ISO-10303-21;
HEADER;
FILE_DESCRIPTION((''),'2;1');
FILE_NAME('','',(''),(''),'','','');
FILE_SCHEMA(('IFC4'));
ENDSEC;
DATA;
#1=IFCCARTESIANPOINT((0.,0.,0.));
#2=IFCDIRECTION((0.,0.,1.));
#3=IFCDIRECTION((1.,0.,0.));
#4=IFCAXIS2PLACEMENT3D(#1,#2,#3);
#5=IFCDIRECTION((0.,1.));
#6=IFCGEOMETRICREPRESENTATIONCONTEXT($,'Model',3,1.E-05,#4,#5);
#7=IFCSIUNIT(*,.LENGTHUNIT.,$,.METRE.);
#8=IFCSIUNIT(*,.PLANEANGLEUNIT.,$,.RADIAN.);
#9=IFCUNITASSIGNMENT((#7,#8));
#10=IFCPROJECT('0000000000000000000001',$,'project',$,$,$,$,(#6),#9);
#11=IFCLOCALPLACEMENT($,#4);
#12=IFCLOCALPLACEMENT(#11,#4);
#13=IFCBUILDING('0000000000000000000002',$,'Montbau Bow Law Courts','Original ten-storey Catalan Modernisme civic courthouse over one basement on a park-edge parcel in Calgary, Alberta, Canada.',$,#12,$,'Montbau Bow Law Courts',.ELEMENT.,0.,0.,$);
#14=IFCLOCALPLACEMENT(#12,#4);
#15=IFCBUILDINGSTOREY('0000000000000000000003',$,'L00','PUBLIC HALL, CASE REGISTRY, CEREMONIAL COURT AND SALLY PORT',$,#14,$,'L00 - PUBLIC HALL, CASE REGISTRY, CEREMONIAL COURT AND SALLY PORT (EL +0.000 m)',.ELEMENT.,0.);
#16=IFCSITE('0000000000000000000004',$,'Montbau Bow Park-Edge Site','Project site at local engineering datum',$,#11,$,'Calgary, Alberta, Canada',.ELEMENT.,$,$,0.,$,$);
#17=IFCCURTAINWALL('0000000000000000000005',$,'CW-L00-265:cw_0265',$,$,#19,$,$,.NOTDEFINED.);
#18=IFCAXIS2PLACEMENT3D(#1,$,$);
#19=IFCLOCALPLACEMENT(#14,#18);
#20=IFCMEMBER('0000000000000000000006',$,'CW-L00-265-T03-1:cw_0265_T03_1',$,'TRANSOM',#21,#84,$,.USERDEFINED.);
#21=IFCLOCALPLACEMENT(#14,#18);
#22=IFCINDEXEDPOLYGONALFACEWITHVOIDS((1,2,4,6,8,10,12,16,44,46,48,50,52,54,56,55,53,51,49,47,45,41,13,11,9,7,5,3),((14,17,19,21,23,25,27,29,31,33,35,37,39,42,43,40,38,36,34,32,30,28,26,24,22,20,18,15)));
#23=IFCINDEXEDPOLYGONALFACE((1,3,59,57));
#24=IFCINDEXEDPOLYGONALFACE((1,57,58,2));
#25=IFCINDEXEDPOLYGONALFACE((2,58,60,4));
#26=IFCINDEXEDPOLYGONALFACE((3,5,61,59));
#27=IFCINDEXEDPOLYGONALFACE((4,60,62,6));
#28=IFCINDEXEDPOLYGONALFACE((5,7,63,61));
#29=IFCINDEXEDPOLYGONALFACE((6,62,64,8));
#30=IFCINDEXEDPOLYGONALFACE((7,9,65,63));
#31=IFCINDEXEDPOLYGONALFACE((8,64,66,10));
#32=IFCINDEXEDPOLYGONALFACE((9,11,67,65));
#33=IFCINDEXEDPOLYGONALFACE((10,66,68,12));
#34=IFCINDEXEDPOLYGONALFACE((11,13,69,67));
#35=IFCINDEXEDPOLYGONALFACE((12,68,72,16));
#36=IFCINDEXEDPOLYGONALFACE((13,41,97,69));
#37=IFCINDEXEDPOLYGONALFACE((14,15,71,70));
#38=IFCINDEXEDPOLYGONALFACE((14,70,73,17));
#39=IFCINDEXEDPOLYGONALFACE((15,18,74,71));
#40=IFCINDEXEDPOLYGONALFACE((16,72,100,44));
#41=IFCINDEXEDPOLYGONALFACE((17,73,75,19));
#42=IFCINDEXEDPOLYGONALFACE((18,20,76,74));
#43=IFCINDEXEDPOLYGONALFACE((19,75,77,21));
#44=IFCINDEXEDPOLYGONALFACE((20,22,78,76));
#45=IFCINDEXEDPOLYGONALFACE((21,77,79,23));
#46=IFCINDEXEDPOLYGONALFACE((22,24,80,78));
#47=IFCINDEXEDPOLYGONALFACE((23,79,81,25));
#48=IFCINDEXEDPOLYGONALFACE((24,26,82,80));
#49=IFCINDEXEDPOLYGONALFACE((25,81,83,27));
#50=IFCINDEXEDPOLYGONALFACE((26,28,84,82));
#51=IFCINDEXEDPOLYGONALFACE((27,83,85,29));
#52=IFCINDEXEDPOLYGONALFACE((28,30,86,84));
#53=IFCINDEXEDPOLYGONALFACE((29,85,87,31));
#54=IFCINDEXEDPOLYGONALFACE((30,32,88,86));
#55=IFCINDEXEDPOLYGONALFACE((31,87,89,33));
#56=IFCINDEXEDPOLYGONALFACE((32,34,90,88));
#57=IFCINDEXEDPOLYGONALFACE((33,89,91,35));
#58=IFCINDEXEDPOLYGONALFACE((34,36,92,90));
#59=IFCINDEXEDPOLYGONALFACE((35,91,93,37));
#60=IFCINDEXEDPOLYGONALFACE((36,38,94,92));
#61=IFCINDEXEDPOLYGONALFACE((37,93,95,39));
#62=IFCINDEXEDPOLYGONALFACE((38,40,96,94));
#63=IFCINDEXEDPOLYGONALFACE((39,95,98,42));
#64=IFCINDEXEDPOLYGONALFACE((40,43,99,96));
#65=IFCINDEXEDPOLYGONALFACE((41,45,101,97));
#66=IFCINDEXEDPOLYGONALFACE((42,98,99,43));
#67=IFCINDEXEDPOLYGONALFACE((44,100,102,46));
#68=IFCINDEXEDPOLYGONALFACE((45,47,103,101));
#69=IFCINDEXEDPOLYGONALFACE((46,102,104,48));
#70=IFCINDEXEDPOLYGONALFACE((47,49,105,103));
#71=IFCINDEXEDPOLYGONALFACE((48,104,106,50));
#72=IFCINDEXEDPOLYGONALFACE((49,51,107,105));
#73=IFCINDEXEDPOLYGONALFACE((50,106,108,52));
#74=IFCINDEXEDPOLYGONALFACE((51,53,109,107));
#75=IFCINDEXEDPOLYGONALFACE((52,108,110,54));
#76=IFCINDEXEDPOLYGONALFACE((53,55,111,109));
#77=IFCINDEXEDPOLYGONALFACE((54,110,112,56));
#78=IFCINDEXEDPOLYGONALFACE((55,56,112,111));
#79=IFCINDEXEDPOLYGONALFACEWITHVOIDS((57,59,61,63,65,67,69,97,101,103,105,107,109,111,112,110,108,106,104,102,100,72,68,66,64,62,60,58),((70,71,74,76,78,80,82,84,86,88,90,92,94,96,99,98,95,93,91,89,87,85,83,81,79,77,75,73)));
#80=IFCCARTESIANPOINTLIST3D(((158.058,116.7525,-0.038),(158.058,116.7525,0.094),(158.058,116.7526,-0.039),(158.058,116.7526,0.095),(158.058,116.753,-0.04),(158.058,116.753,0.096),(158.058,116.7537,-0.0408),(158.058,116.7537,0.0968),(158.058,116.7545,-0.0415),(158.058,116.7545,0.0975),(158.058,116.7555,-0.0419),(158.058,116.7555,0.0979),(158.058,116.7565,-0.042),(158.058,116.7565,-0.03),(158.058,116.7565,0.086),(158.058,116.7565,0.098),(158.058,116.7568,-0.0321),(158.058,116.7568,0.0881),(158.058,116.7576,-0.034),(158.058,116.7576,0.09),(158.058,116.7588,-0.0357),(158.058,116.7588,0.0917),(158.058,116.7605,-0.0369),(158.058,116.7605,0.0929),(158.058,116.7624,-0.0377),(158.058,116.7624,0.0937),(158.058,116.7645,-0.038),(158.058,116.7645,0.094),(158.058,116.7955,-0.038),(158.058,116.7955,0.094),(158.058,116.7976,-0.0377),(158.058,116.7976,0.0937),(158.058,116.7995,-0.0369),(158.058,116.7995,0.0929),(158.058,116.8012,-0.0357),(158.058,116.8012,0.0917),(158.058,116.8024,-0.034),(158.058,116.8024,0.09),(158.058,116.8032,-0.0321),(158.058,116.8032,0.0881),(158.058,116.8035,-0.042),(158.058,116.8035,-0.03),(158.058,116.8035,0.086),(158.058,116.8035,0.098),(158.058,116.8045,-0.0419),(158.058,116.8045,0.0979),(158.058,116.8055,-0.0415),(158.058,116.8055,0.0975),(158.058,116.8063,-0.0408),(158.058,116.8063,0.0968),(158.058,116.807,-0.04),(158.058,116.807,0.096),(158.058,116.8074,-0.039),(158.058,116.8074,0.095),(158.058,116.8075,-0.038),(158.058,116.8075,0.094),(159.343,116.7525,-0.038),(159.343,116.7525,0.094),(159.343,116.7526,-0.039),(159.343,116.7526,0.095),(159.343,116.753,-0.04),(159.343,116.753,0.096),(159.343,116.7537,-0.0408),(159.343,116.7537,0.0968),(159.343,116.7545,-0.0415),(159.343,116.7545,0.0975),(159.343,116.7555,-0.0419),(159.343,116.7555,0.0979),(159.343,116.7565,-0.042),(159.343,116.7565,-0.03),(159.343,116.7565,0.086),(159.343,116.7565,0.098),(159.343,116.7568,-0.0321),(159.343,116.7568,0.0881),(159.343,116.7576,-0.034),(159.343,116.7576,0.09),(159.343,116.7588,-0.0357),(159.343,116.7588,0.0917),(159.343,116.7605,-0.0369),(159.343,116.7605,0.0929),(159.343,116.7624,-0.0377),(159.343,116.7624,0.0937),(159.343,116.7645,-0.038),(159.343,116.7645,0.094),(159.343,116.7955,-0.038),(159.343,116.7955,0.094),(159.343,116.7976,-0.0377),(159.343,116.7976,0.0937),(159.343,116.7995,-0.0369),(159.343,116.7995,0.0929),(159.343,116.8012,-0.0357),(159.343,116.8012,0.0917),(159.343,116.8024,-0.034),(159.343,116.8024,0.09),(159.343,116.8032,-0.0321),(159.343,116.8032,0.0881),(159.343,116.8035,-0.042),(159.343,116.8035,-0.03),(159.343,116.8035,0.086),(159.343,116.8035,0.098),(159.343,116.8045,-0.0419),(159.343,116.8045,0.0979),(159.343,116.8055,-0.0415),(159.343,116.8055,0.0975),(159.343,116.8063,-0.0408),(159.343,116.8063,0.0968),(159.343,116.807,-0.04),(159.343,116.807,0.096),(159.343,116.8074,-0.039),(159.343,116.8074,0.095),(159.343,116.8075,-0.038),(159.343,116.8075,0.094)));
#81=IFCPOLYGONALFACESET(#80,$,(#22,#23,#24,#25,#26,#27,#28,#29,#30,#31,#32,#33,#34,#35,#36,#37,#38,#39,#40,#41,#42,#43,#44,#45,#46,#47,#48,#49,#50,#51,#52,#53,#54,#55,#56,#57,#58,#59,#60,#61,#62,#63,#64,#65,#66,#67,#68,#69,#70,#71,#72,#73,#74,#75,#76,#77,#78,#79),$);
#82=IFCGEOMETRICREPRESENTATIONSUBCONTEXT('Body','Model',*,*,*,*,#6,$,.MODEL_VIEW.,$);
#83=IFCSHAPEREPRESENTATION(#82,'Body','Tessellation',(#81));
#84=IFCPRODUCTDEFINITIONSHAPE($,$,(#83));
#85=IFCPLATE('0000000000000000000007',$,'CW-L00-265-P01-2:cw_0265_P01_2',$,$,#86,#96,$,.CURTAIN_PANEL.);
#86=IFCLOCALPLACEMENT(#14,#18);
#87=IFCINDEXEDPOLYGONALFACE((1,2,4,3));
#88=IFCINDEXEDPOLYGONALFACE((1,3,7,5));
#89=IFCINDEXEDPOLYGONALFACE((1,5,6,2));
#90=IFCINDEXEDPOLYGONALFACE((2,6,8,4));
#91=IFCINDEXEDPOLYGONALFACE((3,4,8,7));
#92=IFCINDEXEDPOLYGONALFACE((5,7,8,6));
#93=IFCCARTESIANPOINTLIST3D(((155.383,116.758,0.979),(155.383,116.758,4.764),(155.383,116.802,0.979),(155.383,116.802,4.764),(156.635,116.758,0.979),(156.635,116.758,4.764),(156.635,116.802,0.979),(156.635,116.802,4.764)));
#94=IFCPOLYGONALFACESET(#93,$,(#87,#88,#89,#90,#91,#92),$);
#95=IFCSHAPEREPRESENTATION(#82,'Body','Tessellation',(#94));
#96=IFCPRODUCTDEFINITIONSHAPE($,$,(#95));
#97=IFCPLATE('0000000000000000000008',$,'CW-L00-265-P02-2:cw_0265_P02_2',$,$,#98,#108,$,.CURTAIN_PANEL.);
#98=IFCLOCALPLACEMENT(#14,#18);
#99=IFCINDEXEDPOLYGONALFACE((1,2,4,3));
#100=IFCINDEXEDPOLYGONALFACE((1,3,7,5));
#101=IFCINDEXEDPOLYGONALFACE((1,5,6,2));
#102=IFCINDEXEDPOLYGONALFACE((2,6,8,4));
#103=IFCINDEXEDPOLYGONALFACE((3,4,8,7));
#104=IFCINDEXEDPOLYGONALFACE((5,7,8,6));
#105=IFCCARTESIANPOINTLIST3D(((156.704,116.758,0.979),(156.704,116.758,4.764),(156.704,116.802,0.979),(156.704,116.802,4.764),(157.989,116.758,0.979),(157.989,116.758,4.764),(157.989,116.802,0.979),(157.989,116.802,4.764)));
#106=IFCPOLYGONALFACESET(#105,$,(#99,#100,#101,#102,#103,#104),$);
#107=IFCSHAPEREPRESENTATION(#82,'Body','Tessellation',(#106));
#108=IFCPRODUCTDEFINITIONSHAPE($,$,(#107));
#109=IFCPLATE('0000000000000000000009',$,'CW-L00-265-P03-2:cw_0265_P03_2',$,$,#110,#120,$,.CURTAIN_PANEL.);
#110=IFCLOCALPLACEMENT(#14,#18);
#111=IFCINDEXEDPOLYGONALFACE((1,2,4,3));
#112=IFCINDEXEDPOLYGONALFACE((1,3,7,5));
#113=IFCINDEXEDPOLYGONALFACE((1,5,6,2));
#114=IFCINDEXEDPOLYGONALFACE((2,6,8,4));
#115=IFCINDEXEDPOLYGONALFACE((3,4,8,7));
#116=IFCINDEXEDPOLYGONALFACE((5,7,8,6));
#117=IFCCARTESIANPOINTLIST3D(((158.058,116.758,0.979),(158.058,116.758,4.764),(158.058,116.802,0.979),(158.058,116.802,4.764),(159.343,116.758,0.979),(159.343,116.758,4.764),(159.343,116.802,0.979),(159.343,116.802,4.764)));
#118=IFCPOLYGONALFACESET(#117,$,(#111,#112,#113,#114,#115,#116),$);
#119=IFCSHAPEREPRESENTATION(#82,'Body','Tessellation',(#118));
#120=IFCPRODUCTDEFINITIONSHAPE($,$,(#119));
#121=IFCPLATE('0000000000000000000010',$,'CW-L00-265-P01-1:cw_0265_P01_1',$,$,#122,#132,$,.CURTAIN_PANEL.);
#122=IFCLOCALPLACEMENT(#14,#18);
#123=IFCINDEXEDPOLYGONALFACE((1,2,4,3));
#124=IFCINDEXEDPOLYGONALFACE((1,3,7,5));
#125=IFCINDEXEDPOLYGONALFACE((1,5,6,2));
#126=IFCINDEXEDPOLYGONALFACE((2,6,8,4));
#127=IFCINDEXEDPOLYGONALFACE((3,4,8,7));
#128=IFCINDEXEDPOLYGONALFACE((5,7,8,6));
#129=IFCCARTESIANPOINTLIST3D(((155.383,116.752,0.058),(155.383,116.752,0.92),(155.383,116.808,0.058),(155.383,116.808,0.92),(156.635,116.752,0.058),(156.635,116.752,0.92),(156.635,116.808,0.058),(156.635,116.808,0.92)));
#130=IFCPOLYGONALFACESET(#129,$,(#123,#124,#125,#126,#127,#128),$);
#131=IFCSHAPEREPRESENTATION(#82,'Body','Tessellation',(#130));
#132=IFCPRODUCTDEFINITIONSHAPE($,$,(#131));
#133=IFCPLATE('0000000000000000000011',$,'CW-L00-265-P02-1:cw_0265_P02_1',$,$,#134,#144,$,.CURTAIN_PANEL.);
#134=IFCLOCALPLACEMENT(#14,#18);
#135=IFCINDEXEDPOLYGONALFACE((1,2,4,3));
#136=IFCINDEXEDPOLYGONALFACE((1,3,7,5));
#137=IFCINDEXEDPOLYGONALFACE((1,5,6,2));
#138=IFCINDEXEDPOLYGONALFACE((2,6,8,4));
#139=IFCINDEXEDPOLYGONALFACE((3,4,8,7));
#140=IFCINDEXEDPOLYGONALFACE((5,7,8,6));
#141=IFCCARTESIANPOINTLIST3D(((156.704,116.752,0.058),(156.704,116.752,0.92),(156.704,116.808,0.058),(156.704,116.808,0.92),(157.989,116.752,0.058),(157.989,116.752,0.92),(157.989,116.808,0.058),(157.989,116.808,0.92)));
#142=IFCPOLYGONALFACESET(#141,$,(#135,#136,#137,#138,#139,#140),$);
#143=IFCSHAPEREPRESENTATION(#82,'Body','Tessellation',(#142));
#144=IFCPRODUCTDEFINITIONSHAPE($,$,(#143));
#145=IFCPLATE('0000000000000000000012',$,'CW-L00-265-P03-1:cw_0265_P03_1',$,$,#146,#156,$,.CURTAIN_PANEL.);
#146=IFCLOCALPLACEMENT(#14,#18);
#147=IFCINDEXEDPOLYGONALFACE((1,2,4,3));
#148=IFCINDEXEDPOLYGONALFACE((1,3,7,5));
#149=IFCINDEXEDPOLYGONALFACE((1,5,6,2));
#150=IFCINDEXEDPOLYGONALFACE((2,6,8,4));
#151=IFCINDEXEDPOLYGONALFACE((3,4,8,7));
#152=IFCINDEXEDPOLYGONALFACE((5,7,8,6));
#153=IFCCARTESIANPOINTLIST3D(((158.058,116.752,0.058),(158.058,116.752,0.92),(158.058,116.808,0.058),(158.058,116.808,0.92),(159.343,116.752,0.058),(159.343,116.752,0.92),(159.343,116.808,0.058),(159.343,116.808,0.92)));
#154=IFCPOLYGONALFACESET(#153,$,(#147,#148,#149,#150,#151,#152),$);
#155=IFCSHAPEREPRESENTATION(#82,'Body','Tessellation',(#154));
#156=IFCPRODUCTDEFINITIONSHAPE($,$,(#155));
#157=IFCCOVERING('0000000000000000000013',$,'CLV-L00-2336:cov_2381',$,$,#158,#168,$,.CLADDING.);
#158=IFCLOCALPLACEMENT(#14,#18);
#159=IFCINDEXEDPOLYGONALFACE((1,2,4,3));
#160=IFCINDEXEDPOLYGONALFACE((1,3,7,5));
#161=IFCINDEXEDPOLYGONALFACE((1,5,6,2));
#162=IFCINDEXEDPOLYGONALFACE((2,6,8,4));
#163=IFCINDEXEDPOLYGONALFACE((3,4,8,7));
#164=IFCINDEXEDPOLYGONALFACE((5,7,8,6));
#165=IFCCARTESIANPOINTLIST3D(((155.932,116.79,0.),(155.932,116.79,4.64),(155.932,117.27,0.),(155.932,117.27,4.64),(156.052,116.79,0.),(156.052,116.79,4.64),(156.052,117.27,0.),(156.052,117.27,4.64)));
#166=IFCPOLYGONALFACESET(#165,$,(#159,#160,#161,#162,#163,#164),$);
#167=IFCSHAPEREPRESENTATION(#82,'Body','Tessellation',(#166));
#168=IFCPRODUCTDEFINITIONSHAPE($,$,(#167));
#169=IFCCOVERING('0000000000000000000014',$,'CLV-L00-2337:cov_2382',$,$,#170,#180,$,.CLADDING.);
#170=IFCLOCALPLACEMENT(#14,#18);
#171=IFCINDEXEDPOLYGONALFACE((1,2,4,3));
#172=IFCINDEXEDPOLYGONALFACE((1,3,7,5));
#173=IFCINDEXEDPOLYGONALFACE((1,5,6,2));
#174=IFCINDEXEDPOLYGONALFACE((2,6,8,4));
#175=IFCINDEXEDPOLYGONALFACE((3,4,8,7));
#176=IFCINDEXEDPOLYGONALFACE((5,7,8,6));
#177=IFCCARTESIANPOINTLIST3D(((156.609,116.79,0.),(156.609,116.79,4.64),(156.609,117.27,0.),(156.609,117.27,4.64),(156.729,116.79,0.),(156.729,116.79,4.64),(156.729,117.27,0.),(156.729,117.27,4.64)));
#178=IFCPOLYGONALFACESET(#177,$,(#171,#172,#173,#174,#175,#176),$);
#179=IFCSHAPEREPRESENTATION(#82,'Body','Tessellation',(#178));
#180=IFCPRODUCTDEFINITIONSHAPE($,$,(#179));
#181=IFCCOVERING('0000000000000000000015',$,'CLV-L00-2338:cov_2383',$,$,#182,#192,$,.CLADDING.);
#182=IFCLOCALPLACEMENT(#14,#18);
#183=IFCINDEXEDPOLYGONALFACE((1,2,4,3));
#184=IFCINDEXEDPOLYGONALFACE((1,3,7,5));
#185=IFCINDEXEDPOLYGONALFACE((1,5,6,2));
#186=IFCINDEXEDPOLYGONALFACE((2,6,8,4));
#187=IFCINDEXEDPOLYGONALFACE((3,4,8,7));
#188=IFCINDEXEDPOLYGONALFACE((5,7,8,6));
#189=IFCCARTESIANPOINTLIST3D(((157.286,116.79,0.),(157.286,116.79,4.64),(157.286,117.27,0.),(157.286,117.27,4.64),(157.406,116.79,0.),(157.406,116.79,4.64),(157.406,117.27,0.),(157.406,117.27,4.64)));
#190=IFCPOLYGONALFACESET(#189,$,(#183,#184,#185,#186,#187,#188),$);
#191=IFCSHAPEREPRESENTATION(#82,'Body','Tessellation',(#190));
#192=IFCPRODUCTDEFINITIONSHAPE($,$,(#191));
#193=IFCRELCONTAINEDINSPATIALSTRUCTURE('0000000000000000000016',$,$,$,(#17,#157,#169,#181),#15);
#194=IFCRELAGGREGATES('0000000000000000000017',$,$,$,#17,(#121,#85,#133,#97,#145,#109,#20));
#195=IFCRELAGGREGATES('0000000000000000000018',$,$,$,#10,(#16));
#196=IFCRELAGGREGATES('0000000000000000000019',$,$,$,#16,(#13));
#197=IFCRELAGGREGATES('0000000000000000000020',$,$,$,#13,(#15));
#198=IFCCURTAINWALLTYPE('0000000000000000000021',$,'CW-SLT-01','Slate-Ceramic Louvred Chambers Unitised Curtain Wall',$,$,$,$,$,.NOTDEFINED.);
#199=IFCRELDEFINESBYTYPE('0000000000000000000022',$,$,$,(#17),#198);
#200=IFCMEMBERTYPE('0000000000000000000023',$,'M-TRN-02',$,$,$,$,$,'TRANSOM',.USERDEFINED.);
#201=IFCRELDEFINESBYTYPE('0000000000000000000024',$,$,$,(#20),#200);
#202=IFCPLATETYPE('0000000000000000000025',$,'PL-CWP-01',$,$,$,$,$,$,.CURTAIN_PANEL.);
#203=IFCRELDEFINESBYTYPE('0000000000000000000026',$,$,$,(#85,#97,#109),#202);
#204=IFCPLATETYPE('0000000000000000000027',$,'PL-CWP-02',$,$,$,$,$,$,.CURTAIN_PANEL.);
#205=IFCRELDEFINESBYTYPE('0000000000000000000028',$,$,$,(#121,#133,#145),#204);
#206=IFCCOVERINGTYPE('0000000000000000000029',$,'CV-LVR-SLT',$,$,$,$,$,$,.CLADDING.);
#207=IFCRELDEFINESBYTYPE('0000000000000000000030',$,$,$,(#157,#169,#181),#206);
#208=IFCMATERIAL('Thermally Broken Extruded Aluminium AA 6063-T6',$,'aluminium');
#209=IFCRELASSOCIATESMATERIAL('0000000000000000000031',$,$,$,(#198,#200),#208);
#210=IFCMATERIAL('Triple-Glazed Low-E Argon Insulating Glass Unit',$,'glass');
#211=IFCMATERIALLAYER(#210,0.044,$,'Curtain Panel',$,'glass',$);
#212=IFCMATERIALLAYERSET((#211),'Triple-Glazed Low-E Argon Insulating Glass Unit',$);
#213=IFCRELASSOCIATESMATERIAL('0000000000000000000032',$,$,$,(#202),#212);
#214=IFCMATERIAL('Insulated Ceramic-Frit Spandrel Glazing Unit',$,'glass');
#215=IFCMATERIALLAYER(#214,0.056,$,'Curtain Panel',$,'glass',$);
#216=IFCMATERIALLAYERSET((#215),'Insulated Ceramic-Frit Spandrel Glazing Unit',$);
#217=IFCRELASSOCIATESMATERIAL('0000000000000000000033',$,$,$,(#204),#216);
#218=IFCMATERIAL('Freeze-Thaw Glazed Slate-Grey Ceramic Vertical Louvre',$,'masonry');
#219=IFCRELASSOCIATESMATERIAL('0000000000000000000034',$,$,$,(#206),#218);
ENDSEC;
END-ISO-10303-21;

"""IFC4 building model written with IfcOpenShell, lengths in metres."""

from ifc_helpers import new_model, si_unit, direction, frame, frame_2d, origin_with_axes, origin_2d_with_axis, place, context, subcontext, project, spatial, rectangle, hollow_rectangle, extrude, material, layer, layer_set, material_profile, profile_set, type_object, element, aggregate, save


model = new_model("IFC4")

# Units and contexts
model_context = context("Model", 3, precision=1e-05, world=origin_with_axes(), true_north=direction((0.0, 1.0)))
body_context = subcontext(model_context, "Body", "Model", "MODEL_VIEW")
ifc_project = project(units=[si_unit("LENGTHUNIT", "METRE"), si_unit("PLANEANGLEUNIT", "RADIAN")], contexts=[model_context])

# Site, building, storey
site_placement = place(None, origin_with_axes())
site = spatial("IfcSite", under=ifc_project, at=site_placement, Name="Montbau Bow Park-Edge Site", Description="Project site at local engineering datum", LongName="Calgary, Alberta, Canada", CompositionType="ELEMENT", RefElevation=0.0)
building_placement = place(site_placement, origin_with_axes())
building = spatial("IfcBuilding", under=site, at=building_placement, Name="Montbau Bow Law Courts", Description="Original ten-storey Catalan Modernisme civic courthouse over one basement on a park-edge parcel in Calgary, Alberta, Canada.", LongName="Montbau Bow Law Courts", CompositionType="ELEMENT", ElevationOfRefHeight=0.0, ElevationOfTerrain=0.0)
storey_placement = place(building_placement, origin_with_axes())
storey = spatial("IfcBuildingStorey", under=building, at=storey_placement, Name="L00", Description="PUBLIC HALL, CASE REGISTRY, CEREMONIAL COURT AND SALLY PORT", LongName="L00 - PUBLIC HALL, CASE REGISTRY, CEREMONIAL COURT AND SALLY PORT (EL +0.000 m)", CompositionType="ELEMENT", Elevation=0.0)

# Curtain wall, member, plates
ifc_material_1 = material(Name="Thermally Broken Extruded Aluminium AA 6063-T6", Category="aluminium")
curtain_wall_type = type_object("IfcCurtainWallType", Name="CW-SLT-01", Description="Slate-Ceramic Louvred Chambers Unitised Curtain Wall", PredefinedType="NOTDEFINED", material=ifc_material_1)
curtain_wall_placement = place(None, frame((155.315, 116.78, 0.0), z_axis=(0.0, 0.0, 1.0), x_axis=(1.0, 0.0, 0.0)))
curtain_wall = element("IfcCurtainWall", 1, at=curtain_wall_placement, inside=storey, type_object=curtain_wall_type, Name="CW-L00-265:cw_0265", PredefinedType="NOTDEFINED")
ifc_material_profile_1 = material_profile(ifc_material_1, hollow_rectangle(XDim=0.055, YDim=0.14, WallThickness=0.004, InnerFilletRadius=0.008, OuterFilletRadius=0.004, at=origin_2d_with_axis()), Name="CWT-140X55", Category="Main", Priority=0)
ifc_profile_set_1 = profile_set([ifc_material_profile_1], Name="Thermally Broken Extruded Aluminium AA 6063-T6")
member_type_1 = type_object("IfcMemberType", Name="M-TRN-02", ElementType="TRANSOM", PredefinedType="USERDEFINED", material=ifc_profile_set_1)
member_1_placement = place(None, frame((158.058, 116.78, 0.028), z_axis=(1.0, 0.0, 0.0), x_axis=(0.0, 1.0, 0.0)))
member_1 = element("IfcMember", 2, at=member_1_placement, type_object=member_type_1, Name="CW-L00-265-T03-1:cw_0265_T03_1", ObjectType="TRANSOM", PredefinedType="USERDEFINED", context=body_context, shape_type="SweptSolid", body=[
    extrude(hollow_rectangle(XDim=0.055, YDim=0.14, WallThickness=0.004, InnerFilletRadius=0.008, OuterFilletRadius=0.004, at=origin_2d_with_axis()), origin_with_axes(), (0.0, 0.0, 1.0), 1.285),
])
ifc_material_2 = material(Name="Triple-Glazed Low-E Argon Insulating Glass Unit", Category="glass")
ifc_layer_1 = layer(ifc_material_2, 0.044, Name="Curtain Panel", Category="glass")
ifc_layer_set_1 = layer_set([ifc_layer_1], Name="Triple-Glazed Low-E Argon Insulating Glass Unit")
plate_type_1 = type_object("IfcPlateType", Name="PL-CWP-01", PredefinedType="CURTAIN_PANEL", material=ifc_layer_set_1)
plate_1_placement = place(None, frame((155.383, 116.78, 0.979), z_axis=(0.0, -1.0, 0.0), x_axis=(1.0, 0.0, 0.0)))
plate_1 = element("IfcPlate", 3, at=plate_1_placement, type_object=plate_type_1, Name="CW-L00-265-P01-2:cw_0265_P01_2", PredefinedType="CURTAIN_PANEL", context=body_context, shape_type="SweptSolid", body=[
    extrude(rectangle(XDim=1.252, YDim=3.785, at=frame_2d((0.626, 1.8925), x_axis=(1.0, 0.0))), frame((0.0, 0.0, -0.022), z_axis=(0.0, 0.0, 1.0), x_axis=(1.0, 0.0, 0.0)), (0.0, 0.0, 1.0), 0.044),
])
plate_2_placement = place(None, frame((156.704, 116.78, 0.979), z_axis=(0.0, -1.0, 0.0), x_axis=(1.0, 0.0, 0.0)))
plate_2 = element("IfcPlate", 4, at=plate_2_placement, type_object=plate_type_1, Name="CW-L00-265-P02-2:cw_0265_P02_2", PredefinedType="CURTAIN_PANEL", context=body_context, shape_type="SweptSolid", body=[
    extrude(rectangle(XDim=1.285, YDim=3.785, at=frame_2d((0.6425, 1.8925), x_axis=(1.0, 0.0))), frame((0.0, 0.0, -0.022), z_axis=(0.0, 0.0, 1.0), x_axis=(1.0, 0.0, 0.0)), (0.0, 0.0, 1.0), 0.044),
])
plate_3_placement = place(None, frame((158.058, 116.78, 0.979), z_axis=(0.0, -1.0, 0.0), x_axis=(1.0, 0.0, 0.0)))
plate_3 = element("IfcPlate", 5, at=plate_3_placement, type_object=plate_type_1, Name="CW-L00-265-P03-2:cw_0265_P03_2", PredefinedType="CURTAIN_PANEL", context=body_context, shape_type="SweptSolid", body=[
    extrude(rectangle(XDim=1.285, YDim=3.785, at=frame_2d((0.6425, 1.8925), x_axis=(1.0, 0.0))), frame((0.0, 0.0, -0.022), z_axis=(0.0, 0.0, 1.0), x_axis=(1.0, 0.0, 0.0)), (0.0, 0.0, 1.0), 0.044),
])
ifc_material_3 = material(Name="Insulated Ceramic-Frit Spandrel Glazing Unit", Category="glass")
ifc_layer_2 = layer(ifc_material_3, 0.056, Name="Curtain Panel", Category="glass")
ifc_layer_set_2 = layer_set([ifc_layer_2], Name="Insulated Ceramic-Frit Spandrel Glazing Unit")
plate_type_2 = type_object("IfcPlateType", Name="PL-CWP-02", PredefinedType="CURTAIN_PANEL", material=ifc_layer_set_2)
plate_4_placement = place(None, frame((155.383, 116.78, 0.058), z_axis=(0.0, -1.0, 0.0), x_axis=(1.0, 0.0, 0.0)))
plate_4 = element("IfcPlate", 6, at=plate_4_placement, type_object=plate_type_2, Name="CW-L00-265-P01-1:cw_0265_P01_1", PredefinedType="CURTAIN_PANEL", context=body_context, shape_type="SweptSolid", body=[
    extrude(rectangle(XDim=1.252, YDim=0.862, at=frame_2d((0.626, 0.431), x_axis=(1.0, 0.0))), frame((0.0, 0.0, -0.028), z_axis=(0.0, 0.0, 1.0), x_axis=(1.0, 0.0, 0.0)), (0.0, 0.0, 1.0), 0.056),
])
plate_5_placement = place(None, frame((156.704, 116.78, 0.058), z_axis=(0.0, -1.0, 0.0), x_axis=(1.0, 0.0, 0.0)))
plate_5 = element("IfcPlate", 7, at=plate_5_placement, type_object=plate_type_2, Name="CW-L00-265-P02-1:cw_0265_P02_1", PredefinedType="CURTAIN_PANEL", context=body_context, shape_type="SweptSolid", body=[
    extrude(rectangle(XDim=1.285, YDim=0.862, at=frame_2d((0.6425, 0.431), x_axis=(1.0, 0.0))), frame((0.0, 0.0, -0.028), z_axis=(0.0, 0.0, 1.0), x_axis=(1.0, 0.0, 0.0)), (0.0, 0.0, 1.0), 0.056),
])
plate_6_placement = place(None, frame((158.058, 116.78, 0.058), z_axis=(0.0, -1.0, 0.0), x_axis=(1.0, 0.0, 0.0)))
plate_6 = element("IfcPlate", 8, at=plate_6_placement, type_object=plate_type_2, Name="CW-L00-265-P03-1:cw_0265_P03_1", PredefinedType="CURTAIN_PANEL", context=body_context, shape_type="SweptSolid", body=[
    extrude(rectangle(XDim=1.285, YDim=0.862, at=frame_2d((0.6425, 0.431), x_axis=(1.0, 0.0))), frame((0.0, 0.0, -0.028), z_axis=(0.0, 0.0, 1.0), x_axis=(1.0, 0.0, 0.0)), (0.0, 0.0, 1.0), 0.056),
])
aggregate(curtain_wall, [plate_4, plate_1, plate_5, plate_2, plate_6, plate_3, member_1])

# Coverings
ifc_material_4 = material(Name="Freeze-Thaw Glazed Slate-Grey Ceramic Vertical Louvre", Category="masonry")
covering_type = type_object("IfcCoveringType", Name="CV-LVR-SLT", PredefinedType="CLADDING", material=ifc_material_4)
for number, where, z_axis, x_axis, name in (
    (9, (155.992, 116.79, 0.0), (1.0, 0.0, 0.0), (0.0, 1.0, 0.0), "CLV-L00-2336:cov_2381"),
    (10, (156.669, 116.79, 0.0), (1.0, 0.0, 0.0), (0.0, 1.0, 0.0), "CLV-L00-2337:cov_2382"),
    (11, (157.346, 116.79, 0.0), (1.0, 0.0, 0.0), (0.0, 1.0, 0.0), "CLV-L00-2338:cov_2383"),
):
    element("IfcCovering", number, at=place(None, frame(where, z_axis=z_axis, x_axis=x_axis)), inside=storey, type_object=covering_type, Name=name, PredefinedType="CLADDING", context=body_context, shape_type="SweptSolid", body=[
        extrude(rectangle(XDim=0.48, YDim=4.64, at=frame_2d((0.24, 2.32), x_axis=(1.0, 0.0))), frame((0.0, 0.0, -0.06), z_axis=(0.0, 0.0, 1.0), x_axis=(1.0, 0.0, 0.0)), (0.0, 0.0, 1.0), 0.12),
    ])

save(model, "model.ifc")
